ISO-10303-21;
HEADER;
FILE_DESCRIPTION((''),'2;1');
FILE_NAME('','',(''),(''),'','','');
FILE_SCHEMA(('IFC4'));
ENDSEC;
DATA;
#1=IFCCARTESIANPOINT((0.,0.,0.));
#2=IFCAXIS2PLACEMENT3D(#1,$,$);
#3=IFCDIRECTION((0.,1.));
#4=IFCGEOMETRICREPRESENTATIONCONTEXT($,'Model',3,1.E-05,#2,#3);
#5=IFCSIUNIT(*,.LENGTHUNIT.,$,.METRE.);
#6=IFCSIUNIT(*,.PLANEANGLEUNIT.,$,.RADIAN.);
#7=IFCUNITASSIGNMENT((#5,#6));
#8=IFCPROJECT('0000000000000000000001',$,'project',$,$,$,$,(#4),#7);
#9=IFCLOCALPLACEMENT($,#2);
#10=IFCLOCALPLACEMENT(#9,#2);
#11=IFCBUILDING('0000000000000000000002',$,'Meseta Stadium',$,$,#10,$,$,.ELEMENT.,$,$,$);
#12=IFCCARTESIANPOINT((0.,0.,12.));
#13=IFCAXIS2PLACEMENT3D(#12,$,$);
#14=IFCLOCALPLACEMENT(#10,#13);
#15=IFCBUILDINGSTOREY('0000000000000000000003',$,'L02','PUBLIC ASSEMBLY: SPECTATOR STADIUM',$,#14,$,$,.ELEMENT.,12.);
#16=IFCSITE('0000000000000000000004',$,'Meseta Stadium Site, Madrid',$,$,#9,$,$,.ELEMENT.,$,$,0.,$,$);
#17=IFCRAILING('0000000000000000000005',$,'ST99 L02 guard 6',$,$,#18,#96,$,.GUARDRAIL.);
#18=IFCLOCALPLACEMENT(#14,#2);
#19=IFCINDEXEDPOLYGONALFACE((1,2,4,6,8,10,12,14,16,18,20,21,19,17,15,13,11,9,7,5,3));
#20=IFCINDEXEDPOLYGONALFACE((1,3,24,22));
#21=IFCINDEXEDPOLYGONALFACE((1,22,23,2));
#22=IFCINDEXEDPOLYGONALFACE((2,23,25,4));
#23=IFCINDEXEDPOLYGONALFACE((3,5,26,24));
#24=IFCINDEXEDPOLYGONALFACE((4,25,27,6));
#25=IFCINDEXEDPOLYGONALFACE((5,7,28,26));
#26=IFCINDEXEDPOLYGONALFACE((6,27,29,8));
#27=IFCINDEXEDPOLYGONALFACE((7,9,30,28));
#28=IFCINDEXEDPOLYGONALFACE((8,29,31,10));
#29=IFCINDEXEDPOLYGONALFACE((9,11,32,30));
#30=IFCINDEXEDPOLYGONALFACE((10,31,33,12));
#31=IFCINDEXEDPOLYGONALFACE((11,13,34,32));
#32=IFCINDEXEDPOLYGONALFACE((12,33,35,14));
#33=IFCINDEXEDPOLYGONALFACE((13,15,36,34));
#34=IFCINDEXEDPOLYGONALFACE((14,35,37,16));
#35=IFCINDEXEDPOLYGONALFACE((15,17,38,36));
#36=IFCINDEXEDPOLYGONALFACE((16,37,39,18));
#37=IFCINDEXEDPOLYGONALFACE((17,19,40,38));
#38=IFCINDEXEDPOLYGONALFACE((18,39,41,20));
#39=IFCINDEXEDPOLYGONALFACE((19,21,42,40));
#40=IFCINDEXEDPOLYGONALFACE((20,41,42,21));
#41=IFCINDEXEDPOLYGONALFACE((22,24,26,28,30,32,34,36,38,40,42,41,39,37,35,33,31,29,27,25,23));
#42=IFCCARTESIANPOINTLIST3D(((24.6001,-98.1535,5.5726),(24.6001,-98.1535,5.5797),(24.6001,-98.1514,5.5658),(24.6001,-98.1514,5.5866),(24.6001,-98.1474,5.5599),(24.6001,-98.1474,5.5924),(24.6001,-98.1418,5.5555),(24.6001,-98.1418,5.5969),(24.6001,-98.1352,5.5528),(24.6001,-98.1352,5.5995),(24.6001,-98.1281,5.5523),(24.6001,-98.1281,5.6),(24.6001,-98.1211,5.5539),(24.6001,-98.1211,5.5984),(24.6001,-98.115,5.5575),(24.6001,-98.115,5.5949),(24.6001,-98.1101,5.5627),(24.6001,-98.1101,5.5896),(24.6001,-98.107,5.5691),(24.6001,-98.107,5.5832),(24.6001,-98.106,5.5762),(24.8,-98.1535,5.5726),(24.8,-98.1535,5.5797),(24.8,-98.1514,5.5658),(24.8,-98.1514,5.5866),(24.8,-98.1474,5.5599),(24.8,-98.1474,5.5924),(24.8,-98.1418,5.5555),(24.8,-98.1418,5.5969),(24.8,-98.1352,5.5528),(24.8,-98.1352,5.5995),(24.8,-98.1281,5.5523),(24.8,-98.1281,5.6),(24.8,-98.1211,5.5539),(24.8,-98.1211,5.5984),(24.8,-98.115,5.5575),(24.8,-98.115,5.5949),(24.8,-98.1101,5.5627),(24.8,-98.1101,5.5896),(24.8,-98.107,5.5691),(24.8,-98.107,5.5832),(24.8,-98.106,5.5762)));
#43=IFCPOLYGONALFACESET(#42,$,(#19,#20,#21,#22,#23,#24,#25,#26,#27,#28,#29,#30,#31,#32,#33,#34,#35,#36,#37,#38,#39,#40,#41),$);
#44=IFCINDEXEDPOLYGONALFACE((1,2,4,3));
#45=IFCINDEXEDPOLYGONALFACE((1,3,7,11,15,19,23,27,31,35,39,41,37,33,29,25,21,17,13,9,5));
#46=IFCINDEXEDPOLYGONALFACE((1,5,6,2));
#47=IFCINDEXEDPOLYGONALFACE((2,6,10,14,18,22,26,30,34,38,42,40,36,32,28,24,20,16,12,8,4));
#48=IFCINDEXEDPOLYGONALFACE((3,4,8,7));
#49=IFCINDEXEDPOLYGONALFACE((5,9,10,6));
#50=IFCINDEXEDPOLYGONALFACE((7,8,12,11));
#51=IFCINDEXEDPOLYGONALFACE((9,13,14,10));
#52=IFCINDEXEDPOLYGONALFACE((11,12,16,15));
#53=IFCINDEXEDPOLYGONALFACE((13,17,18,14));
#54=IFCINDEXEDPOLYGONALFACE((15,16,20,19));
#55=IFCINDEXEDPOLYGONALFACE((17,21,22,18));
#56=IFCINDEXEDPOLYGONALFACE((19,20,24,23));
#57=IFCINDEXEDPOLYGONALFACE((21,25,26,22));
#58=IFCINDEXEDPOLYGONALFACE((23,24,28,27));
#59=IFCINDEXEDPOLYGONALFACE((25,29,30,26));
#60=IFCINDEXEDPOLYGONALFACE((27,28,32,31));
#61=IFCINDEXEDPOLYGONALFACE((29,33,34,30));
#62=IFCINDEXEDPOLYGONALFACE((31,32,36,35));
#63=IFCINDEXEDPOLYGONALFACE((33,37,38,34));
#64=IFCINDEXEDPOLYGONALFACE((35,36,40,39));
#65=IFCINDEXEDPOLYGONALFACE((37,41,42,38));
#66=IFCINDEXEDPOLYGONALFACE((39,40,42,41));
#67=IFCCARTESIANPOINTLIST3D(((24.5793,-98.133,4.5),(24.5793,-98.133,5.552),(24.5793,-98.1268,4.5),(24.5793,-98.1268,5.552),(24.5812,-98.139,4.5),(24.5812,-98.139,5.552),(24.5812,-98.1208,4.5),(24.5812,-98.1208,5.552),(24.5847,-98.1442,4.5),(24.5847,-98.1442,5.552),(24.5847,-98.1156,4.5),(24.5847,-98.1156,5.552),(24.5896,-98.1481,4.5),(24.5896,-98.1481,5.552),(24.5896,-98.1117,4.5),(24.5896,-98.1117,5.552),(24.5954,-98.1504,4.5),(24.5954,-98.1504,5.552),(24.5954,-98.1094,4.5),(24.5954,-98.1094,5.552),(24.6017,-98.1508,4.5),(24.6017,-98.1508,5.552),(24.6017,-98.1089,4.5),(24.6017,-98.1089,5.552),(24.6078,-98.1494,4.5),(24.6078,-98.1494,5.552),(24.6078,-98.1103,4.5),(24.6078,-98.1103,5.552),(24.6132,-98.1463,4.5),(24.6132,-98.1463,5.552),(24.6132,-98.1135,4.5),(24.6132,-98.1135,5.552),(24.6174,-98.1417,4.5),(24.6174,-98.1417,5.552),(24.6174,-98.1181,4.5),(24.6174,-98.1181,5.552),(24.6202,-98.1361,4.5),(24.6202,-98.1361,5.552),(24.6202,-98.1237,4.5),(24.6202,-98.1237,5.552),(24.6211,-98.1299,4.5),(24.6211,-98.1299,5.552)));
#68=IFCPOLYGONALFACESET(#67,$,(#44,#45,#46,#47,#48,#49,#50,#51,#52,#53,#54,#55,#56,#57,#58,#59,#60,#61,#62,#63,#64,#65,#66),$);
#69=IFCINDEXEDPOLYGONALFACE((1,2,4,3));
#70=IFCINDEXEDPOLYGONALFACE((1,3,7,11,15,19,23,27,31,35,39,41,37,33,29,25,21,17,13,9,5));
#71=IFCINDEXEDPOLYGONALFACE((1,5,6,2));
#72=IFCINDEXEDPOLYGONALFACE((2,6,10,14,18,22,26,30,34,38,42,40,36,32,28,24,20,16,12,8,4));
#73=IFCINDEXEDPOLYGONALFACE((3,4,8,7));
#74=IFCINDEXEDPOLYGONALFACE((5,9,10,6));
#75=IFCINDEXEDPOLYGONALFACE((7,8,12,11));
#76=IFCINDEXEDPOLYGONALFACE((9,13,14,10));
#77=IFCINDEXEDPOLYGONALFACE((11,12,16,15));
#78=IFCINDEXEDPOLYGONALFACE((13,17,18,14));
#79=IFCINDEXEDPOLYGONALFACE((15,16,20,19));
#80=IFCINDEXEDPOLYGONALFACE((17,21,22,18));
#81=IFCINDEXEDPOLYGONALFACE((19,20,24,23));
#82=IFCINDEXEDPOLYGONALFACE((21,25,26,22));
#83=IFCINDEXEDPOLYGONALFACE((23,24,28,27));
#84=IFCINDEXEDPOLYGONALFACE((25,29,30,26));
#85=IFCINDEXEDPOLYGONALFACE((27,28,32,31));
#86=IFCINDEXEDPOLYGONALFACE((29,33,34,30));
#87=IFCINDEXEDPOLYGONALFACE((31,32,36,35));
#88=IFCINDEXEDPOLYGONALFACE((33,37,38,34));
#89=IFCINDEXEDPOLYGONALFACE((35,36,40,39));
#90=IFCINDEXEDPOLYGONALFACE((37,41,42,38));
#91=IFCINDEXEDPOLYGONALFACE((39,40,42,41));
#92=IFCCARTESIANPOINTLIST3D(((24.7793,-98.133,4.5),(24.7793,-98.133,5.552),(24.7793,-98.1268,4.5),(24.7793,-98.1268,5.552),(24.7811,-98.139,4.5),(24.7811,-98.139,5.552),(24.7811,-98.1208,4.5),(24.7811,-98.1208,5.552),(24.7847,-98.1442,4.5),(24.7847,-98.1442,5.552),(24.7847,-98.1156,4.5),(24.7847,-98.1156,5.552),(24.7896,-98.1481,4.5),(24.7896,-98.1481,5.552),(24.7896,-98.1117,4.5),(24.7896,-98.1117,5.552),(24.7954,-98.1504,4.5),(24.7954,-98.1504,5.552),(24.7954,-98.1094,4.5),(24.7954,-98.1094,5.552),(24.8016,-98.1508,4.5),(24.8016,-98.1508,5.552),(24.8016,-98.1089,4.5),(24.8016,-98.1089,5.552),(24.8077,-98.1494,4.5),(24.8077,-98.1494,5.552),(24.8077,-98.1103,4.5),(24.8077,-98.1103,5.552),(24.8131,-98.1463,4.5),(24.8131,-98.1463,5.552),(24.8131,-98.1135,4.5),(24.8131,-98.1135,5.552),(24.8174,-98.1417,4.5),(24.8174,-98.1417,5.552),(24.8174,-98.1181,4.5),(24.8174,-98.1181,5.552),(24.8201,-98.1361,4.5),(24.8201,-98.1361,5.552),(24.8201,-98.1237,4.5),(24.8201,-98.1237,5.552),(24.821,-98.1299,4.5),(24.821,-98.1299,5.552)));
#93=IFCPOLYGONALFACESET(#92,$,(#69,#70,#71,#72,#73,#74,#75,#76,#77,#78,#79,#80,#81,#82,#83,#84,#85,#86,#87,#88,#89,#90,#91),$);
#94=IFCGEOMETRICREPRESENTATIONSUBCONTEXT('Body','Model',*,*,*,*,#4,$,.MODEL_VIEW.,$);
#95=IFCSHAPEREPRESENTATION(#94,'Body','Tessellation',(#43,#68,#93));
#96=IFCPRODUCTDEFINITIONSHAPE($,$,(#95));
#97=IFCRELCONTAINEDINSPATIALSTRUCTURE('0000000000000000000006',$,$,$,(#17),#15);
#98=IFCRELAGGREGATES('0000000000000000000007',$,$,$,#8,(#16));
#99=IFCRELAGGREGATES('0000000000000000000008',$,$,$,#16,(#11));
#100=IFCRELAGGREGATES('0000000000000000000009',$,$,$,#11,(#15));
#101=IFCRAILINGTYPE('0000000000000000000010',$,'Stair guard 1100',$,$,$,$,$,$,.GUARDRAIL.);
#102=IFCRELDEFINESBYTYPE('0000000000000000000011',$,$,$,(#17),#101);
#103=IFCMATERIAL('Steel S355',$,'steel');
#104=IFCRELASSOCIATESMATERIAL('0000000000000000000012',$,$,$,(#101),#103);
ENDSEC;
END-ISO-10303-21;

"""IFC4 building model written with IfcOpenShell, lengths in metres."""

from ifc_helpers import new_model, si_unit, direction, frame, origin, origin_2d, place, context, subcontext, project, spatial, circle, extrude, material, type_object, element, save


model = new_model("IFC4")

# Units and contexts
model_context = context("Model", 3, precision=1e-05, world=origin(), true_north=direction((0.0, 1.0)))
body_context = subcontext(model_context, "Body", "Model", "MODEL_VIEW")
ifc_project = project(units=[si_unit("LENGTHUNIT", "METRE"), si_unit("PLANEANGLEUNIT", "RADIAN")], contexts=[model_context])

# Site, building, storey
site_placement = place(None, origin())
site = spatial("IfcSite", under=ifc_project, at=site_placement, Name="Meseta Stadium Site, Madrid", CompositionType="ELEMENT", RefElevation=0.0)
building_placement = place(site_placement, origin())
building = spatial("IfcBuilding", under=site, at=building_placement, Name="Meseta Stadium", CompositionType="ELEMENT")
storey_placement = place(building_placement, frame((0.0, 0.0, 12.0)))
storey = spatial("IfcBuildingStorey", under=building, at=storey_placement, Name="L02", Description="PUBLIC ASSEMBLY: SPECTATOR STADIUM", CompositionType="ELEMENT", Elevation=12.0)

# Railing
ifc_material_1 = material(Name="Steel S355", Category="steel")
railing_type_1 = type_object("IfcRailingType", Name="Stair guard 1100", PredefinedType="GUARDRAIL", material=ifc_material_1)
railing_1_placement = place(storey_placement, frame((24.6001, -98.1299, 4.5)))
element("IfcRailing", 1, at=railing_1_placement, inside=storey, type_object=railing_type_1, Name="ST99 L02 guard 6", PredefinedType="GUARDRAIL", context=body_context, shape_type="SweptSolid", body=[
    extrude(circle(Radius=0.0239, at=origin_2d()), frame((0.0, 0.0, 1.0762), z_axis=(1.0, 0.0, 0.0), x_axis=(0.0, 1.0, 0.0)), (0.0, 0.0, 1.0), 0.2),
    extrude(circle(Radius=0.021, at=origin_2d()), origin(), (0.0, 0.0, 1.0), 1.052),
    extrude(circle(Radius=0.021, at=origin_2d()), frame((0.2, 0.0, 0.0)), (0.0, 0.0, 1.0), 1.052),
])

save(model, "model.ifc")
